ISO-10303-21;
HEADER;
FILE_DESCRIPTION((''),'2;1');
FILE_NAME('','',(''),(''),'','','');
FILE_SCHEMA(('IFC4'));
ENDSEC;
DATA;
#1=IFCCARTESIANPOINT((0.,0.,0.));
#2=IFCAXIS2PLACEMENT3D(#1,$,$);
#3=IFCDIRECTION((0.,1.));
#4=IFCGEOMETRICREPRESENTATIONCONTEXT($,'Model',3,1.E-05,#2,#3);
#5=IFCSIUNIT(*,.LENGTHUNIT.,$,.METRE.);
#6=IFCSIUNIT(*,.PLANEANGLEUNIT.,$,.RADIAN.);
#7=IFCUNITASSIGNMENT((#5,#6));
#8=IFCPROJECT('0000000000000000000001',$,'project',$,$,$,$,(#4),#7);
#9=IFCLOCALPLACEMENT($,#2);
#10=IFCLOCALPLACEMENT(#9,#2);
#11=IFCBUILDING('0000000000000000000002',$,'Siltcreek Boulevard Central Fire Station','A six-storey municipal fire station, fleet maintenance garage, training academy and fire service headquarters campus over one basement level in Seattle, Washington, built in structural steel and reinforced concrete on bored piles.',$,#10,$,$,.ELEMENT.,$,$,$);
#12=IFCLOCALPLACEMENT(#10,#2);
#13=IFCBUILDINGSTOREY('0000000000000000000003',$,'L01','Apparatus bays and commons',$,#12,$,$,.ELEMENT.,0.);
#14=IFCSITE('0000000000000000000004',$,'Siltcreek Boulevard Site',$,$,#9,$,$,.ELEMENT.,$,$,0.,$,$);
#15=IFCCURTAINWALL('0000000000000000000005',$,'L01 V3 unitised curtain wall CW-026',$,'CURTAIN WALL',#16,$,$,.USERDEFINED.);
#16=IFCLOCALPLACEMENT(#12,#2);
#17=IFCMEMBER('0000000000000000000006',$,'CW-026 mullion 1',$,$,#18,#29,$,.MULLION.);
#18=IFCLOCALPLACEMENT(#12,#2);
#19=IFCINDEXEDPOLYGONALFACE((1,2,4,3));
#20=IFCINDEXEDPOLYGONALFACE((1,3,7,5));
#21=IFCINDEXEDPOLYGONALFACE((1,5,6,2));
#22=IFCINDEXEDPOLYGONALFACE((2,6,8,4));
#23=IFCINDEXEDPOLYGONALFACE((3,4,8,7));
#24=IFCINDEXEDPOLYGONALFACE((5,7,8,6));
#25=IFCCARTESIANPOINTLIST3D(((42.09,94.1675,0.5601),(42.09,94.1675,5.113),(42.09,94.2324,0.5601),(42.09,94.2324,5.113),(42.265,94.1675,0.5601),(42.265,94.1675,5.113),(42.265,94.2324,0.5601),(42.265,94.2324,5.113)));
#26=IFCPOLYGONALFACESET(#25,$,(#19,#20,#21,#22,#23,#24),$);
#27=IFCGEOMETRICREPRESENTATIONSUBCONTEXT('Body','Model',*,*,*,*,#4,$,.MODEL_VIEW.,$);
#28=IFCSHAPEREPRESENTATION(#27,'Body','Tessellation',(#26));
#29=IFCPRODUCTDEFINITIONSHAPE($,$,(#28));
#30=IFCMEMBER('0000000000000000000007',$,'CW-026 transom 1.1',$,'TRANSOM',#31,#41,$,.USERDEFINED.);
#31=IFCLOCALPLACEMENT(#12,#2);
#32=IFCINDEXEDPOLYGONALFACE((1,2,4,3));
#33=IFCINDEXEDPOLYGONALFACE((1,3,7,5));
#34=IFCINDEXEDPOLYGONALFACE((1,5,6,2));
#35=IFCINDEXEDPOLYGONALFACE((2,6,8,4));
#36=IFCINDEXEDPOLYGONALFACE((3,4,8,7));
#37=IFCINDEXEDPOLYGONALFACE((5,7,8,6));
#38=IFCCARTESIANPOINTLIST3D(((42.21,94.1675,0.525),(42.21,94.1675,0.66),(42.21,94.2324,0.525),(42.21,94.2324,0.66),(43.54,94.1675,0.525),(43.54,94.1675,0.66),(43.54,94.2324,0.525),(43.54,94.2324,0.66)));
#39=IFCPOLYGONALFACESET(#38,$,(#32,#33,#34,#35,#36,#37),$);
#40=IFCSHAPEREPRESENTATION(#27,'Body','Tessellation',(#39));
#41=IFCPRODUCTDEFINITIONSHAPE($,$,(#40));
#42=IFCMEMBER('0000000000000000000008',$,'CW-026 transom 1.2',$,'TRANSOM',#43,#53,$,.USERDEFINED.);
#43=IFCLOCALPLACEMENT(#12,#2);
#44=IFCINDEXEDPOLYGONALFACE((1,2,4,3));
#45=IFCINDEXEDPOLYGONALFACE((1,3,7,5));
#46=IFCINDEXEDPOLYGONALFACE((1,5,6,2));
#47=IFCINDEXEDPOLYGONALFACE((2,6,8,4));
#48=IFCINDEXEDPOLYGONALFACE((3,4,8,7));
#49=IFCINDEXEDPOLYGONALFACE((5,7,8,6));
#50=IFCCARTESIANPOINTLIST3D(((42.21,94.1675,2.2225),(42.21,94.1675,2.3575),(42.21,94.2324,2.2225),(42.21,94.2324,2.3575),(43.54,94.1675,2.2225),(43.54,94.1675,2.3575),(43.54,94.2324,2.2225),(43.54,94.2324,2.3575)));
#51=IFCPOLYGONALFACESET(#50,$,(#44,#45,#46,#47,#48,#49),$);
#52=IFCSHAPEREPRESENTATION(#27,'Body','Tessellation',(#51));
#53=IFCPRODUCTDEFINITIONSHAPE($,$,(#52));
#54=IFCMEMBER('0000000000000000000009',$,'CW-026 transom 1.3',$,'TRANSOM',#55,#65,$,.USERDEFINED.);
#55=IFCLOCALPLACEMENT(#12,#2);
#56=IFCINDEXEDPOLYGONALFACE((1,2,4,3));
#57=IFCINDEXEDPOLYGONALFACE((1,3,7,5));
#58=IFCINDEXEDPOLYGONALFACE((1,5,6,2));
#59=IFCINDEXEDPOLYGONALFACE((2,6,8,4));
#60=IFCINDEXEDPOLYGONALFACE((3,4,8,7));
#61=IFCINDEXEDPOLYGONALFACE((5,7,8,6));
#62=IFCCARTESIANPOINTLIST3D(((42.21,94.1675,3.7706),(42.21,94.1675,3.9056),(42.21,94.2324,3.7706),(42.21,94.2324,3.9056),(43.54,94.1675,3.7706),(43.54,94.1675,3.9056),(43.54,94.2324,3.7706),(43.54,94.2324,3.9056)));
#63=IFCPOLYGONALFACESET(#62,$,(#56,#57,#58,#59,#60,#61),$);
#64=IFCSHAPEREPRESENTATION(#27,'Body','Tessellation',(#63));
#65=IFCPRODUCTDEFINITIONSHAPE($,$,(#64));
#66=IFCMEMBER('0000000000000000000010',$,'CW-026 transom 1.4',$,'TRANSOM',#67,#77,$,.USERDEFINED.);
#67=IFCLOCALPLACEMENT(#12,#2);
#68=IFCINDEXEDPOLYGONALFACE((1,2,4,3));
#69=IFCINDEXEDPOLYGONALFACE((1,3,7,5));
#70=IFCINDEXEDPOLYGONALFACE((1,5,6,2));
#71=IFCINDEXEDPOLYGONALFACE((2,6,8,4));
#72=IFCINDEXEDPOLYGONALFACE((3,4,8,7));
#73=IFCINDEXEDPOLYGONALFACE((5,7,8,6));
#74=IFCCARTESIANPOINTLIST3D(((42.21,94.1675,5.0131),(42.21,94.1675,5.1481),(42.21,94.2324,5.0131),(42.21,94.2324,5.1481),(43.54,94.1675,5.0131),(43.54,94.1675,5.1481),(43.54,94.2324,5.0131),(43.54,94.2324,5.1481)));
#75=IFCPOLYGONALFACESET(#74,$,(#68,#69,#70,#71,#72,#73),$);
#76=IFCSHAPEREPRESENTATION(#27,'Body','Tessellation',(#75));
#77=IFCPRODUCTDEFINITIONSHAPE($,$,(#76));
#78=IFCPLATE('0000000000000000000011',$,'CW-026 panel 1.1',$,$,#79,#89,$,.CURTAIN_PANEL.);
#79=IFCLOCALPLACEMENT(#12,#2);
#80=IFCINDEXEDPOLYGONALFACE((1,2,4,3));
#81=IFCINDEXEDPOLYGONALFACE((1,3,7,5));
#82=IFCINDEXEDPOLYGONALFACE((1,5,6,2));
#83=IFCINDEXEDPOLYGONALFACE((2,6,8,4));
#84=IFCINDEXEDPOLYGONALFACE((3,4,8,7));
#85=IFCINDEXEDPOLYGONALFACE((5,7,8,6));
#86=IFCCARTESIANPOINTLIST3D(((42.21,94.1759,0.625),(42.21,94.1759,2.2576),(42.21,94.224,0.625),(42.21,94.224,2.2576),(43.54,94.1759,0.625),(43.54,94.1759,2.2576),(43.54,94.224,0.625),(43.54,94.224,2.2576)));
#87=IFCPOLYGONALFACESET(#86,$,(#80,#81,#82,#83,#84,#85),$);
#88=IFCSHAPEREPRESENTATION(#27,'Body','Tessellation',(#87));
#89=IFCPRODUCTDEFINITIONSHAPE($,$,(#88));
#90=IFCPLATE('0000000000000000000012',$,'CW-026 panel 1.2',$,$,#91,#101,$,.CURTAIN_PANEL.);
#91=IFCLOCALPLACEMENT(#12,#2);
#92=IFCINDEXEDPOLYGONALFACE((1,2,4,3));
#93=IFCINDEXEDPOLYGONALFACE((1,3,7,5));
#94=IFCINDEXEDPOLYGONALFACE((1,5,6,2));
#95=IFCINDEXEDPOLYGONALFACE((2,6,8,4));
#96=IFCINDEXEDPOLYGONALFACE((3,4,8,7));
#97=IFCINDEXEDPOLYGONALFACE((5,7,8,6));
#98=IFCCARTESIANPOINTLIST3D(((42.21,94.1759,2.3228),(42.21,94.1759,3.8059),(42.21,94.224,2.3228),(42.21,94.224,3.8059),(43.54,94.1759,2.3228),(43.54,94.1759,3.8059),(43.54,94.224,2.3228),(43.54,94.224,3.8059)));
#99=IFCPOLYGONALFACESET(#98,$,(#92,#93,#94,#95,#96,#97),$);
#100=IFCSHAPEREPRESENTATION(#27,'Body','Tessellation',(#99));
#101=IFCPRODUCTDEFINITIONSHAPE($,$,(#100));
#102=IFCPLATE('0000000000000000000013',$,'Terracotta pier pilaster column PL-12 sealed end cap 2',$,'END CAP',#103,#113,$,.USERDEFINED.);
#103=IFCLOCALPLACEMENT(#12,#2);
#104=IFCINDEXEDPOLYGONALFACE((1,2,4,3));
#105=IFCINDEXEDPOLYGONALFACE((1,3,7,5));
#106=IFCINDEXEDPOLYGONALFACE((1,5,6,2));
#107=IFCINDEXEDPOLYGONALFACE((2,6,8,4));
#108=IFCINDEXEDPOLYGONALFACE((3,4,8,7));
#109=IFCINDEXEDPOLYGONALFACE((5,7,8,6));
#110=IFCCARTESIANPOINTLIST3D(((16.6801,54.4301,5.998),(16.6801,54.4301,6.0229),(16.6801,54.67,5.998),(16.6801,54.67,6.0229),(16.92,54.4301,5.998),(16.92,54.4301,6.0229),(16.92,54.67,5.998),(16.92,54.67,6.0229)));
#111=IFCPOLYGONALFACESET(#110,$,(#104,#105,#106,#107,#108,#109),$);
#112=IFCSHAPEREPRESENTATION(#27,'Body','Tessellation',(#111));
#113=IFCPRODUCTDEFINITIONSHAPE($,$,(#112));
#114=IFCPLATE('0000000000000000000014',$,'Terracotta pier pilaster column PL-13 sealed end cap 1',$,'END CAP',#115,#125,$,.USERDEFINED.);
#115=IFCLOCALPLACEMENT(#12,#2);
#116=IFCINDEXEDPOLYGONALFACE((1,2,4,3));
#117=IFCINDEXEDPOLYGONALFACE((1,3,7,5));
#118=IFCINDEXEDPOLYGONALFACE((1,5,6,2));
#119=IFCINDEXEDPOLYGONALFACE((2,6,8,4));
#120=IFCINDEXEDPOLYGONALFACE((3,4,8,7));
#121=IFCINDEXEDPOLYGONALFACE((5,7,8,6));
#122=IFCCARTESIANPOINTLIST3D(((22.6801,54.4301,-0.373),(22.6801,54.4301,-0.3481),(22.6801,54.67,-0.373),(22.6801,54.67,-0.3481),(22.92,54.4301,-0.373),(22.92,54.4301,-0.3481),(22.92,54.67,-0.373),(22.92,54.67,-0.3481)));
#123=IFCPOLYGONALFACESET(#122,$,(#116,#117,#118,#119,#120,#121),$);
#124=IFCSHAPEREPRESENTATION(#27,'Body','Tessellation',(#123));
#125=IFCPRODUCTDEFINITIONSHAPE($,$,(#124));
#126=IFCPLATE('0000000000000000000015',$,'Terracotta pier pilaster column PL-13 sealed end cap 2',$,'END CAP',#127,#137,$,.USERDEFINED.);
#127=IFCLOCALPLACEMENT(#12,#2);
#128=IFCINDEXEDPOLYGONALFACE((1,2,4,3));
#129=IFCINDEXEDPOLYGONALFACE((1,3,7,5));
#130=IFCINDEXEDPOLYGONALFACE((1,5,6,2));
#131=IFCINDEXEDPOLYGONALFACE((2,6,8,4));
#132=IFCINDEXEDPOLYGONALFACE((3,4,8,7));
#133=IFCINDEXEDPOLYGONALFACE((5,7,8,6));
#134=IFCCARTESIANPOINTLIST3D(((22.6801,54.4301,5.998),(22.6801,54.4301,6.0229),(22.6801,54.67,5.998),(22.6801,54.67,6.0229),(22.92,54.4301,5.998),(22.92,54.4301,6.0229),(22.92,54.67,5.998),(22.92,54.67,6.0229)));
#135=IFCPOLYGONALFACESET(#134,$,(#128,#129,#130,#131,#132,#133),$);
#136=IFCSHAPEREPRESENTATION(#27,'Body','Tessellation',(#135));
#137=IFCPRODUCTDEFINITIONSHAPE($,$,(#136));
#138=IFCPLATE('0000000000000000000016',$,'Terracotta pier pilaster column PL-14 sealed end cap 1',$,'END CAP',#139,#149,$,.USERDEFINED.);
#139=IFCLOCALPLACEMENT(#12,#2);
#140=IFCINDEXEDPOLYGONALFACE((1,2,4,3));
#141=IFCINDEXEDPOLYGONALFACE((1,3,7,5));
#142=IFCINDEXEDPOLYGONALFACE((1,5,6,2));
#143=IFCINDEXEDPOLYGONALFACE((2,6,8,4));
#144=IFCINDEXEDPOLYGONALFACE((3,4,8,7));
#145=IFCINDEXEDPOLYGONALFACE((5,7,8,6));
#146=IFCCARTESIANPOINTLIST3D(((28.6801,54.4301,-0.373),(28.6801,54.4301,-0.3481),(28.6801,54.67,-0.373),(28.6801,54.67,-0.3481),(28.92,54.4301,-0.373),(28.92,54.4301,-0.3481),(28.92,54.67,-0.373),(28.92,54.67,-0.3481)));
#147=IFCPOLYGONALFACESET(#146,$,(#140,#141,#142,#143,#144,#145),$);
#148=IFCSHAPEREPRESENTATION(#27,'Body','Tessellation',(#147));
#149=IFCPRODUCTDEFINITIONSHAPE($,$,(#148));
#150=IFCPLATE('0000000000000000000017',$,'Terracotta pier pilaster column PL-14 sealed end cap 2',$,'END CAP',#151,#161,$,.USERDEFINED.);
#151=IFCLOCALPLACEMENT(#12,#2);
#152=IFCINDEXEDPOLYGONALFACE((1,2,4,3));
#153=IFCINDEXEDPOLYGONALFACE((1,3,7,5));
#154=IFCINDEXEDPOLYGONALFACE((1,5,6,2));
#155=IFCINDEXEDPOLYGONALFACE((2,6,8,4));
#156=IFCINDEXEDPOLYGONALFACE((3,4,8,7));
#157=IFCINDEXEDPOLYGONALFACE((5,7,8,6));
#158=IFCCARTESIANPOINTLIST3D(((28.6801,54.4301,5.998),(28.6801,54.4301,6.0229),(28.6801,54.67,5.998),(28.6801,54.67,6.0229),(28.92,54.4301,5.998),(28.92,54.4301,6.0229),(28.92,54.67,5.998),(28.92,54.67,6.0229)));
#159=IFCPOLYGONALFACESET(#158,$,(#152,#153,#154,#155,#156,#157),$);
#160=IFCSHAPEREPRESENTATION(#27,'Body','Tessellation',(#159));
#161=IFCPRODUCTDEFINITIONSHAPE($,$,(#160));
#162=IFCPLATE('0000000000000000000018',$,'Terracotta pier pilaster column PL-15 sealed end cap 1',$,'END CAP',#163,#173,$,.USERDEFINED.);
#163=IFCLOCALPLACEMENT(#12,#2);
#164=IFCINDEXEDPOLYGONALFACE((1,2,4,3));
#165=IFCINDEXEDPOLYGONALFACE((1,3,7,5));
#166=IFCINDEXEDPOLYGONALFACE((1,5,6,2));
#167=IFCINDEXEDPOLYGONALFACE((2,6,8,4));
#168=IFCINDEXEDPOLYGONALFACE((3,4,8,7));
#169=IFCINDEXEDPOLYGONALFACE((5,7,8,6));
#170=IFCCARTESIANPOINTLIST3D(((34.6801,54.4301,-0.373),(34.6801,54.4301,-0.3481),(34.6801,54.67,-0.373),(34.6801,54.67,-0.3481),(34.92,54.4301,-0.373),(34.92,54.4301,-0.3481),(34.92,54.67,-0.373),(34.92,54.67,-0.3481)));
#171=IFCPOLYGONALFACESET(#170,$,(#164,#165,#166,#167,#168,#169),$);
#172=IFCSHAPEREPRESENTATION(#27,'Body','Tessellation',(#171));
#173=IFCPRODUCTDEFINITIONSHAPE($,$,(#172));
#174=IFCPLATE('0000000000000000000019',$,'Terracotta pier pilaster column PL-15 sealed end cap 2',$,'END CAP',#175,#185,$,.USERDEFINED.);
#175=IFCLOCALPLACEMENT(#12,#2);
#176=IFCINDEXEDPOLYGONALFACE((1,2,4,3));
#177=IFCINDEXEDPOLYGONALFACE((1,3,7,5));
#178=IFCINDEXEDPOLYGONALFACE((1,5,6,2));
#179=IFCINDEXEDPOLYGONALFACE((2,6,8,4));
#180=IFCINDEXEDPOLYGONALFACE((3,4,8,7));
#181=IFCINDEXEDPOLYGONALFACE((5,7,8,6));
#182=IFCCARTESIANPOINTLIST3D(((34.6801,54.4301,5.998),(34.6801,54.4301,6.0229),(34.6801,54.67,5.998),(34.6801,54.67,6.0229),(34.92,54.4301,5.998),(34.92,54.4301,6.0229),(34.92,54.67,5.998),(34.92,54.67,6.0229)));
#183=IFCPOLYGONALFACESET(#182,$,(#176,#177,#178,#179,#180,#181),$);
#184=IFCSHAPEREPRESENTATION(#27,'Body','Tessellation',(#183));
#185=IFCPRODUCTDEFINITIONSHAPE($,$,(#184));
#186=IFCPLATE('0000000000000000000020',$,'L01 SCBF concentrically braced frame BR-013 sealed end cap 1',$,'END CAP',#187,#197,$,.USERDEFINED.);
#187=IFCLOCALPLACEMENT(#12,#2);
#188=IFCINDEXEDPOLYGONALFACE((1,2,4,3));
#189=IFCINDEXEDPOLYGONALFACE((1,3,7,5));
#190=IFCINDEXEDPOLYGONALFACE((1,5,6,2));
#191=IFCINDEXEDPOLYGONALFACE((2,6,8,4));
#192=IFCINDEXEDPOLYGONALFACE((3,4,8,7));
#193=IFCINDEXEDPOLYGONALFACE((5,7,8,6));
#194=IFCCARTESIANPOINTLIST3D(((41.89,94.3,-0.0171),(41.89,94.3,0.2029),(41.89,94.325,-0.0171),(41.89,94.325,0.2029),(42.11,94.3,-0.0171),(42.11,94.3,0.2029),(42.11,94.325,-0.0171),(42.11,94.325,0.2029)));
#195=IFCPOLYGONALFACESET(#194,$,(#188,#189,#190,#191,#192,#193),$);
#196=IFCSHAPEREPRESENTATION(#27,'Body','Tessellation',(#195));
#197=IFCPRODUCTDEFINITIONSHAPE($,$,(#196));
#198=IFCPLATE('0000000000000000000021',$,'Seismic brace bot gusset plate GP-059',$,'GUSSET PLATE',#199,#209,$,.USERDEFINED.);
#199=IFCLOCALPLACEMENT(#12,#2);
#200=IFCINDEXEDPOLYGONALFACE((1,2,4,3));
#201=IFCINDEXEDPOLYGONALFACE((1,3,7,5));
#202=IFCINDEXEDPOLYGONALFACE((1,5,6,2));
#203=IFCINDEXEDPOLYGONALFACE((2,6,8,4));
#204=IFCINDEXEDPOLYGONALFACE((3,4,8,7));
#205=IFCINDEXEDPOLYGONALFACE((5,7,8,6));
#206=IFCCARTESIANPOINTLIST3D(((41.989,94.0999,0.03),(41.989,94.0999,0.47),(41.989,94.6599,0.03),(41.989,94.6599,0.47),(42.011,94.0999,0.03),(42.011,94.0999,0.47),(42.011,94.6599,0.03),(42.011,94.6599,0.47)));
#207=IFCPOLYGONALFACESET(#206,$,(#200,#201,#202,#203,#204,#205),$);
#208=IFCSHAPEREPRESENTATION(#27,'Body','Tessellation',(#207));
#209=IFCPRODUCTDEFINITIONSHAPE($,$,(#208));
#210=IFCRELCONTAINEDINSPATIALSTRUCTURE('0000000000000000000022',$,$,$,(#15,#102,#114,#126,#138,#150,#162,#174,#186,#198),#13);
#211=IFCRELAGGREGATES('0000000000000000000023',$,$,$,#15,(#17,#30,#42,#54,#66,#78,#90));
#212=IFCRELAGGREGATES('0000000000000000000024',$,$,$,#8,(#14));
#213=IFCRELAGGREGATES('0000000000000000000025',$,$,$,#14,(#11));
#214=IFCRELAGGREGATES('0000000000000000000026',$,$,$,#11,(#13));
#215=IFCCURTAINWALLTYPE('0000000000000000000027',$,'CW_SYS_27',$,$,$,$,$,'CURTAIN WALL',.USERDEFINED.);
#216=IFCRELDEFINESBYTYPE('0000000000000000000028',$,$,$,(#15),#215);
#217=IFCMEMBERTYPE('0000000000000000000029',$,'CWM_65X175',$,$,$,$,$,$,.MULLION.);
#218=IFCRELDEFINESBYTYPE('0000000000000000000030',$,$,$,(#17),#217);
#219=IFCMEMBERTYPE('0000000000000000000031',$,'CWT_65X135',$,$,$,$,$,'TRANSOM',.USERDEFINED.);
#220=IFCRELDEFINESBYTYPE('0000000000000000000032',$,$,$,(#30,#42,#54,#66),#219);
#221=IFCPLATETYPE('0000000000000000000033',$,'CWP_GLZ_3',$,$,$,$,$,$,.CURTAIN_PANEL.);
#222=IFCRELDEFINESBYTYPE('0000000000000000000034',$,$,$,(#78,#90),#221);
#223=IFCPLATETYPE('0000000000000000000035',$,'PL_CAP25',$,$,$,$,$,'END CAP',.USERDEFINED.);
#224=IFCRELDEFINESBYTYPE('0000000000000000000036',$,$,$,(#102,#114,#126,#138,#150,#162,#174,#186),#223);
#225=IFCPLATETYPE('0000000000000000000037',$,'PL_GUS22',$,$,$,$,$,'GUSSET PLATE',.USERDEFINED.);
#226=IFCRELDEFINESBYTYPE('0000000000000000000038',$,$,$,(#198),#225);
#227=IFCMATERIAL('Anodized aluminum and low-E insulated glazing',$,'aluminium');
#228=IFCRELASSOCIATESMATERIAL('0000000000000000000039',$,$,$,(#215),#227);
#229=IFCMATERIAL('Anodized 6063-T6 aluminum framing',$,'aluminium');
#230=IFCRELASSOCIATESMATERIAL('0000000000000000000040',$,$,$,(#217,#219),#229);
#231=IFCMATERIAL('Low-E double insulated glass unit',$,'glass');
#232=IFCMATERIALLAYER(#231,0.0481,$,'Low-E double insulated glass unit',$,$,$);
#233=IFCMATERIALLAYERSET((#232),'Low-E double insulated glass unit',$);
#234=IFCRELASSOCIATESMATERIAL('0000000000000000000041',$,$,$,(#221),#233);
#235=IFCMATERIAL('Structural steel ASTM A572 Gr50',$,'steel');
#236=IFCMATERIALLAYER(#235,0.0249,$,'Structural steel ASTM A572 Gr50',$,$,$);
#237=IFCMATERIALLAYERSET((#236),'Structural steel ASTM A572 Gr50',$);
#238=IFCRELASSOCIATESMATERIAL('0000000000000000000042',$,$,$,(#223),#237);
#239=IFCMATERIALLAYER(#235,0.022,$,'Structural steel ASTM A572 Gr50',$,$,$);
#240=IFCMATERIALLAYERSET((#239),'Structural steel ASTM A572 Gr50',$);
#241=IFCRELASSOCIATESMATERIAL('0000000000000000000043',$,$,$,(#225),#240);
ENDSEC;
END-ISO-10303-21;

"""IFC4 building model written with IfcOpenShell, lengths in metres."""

from ifc_helpers import new_model, si_unit, direction, frame, origin, origin_2d, place, context, subcontext, project, spatial, rectangle, extrude, material, layer, layer_set, material_profile, profile_set, type_object, element, aggregate, save


model = new_model("IFC4")

# Units and contexts
model_context = context("Model", 3, precision=1e-05, world=origin(), true_north=direction((0.0, 1.0)))
body_context = subcontext(model_context, "Body", "Model", "MODEL_VIEW")
ifc_project = project(units=[si_unit("LENGTHUNIT", "METRE"), si_unit("PLANEANGLEUNIT", "RADIAN")], contexts=[model_context])

# Site, building, storey
site_placement = place(None, origin())
site = spatial("IfcSite", under=ifc_project, at=site_placement, Name="Siltcreek Boulevard Site", CompositionType="ELEMENT", RefElevation=0.0)
building_placement = place(site_placement, origin())
building = spatial("IfcBuilding", under=site, at=building_placement, Name="Siltcreek Boulevard Central Fire Station", Description="A six-storey municipal fire station, fleet maintenance garage, training academy and fire service headquarters campus over one basement level in Seattle, Washington, built in structural steel and reinforced concrete on bored piles.", CompositionType="ELEMENT")
storey_placement = place(building_placement, origin())
storey = spatial("IfcBuildingStorey", under=building, at=storey_placement, Name="L01", Description="Apparatus bays and commons", CompositionType="ELEMENT", Elevation=0.0)

# Curtain wall, members, plates
ifc_material_1 = material(Name="Anodized aluminum and low-E insulated glazing", Category="aluminium")
curtain_wall_type = type_object("IfcCurtainWallType", Name="CW_SYS_27", ElementType="CURTAIN WALL", PredefinedType="USERDEFINED", material=ifc_material_1)
curtain_wall_placement = place(storey_placement, origin())
curtain_wall = element("IfcCurtainWall", 1, at=curtain_wall_placement, inside=storey, type_object=curtain_wall_type, Name="L01 V3 unitised curtain wall CW-026", ObjectType="CURTAIN WALL", PredefinedType="USERDEFINED")
ifc_material_2 = material(Name="Anodized 6063-T6 aluminum framing", Category="aluminium")
ifc_material_profile_1 = material_profile(ifc_material_2, rectangle(XDim=0.0649, YDim=0.175, at=origin_2d()), Name="MULL65X175")
ifc_profile_set_1 = profile_set([ifc_material_profile_1], Name="Anodized 6063-T6 aluminum framing")
member_type_1 = type_object("IfcMemberType", Name="CWM_65X175", PredefinedType="MULLION", material=ifc_profile_set_1)
member_1_placement = place(storey_placement, frame((42.1775, 94.2, 0.5601), z_axis=(0.0, 0.0, 1.0), x_axis=(0.0, 1.0, 0.0)))
member_1 = element("IfcMember", 2, at=member_1_placement, type_object=member_type_1, Name="CW-026 mullion 1", PredefinedType="MULLION", context=body_context, shape_type="SweptSolid", body=[
    extrude(rectangle(XDim=0.0649, YDim=0.175, at=origin_2d()), origin(), (0.0, 0.0, 1.0), 4.553),
])
ifc_material_profile_2 = material_profile(ifc_material_2, rectangle(XDim=0.0649, YDim=0.135, at=origin_2d()), Name="TRAN65X135")
ifc_profile_set_2 = profile_set([ifc_material_profile_2], Name="Anodized 6063-T6 aluminum framing")
member_type_2 = type_object("IfcMemberType", Name="CWT_65X135", ElementType="TRANSOM", PredefinedType="USERDEFINED", material=ifc_profile_set_2)
member_2_placement = place(storey_placement, frame((42.21, 94.2, 0.5925), z_axis=(1.0, 0.0, 0.0), x_axis=(0.0, 1.0, 0.0)))
member_2 = element("IfcMember", 3, at=member_2_placement, type_object=member_type_2, Name="CW-026 transom 1.1", ObjectType="TRANSOM", PredefinedType="USERDEFINED", context=body_context, shape_type="SweptSolid", body=[
    extrude(rectangle(XDim=0.0649, YDim=0.135, at=origin_2d()), origin(), (0.0, 0.0, 1.0), 1.3301),
])
member_3_placement = place(storey_placement, frame((42.21, 94.2, 2.29), z_axis=(1.0, 0.0, 0.0), x_axis=(0.0, 1.0, 0.0)))
member_3 = element("IfcMember", 4, at=member_3_placement, type_object=member_type_2, Name="CW-026 transom 1.2", ObjectType="TRANSOM", PredefinedType="USERDEFINED", context=body_context, shape_type="SweptSolid", body=[
    extrude(rectangle(XDim=0.0649, YDim=0.135, at=origin_2d()), origin(), (0.0, 0.0, 1.0), 1.3301),
])
member_4_placement = place(storey_placement, frame((42.21, 94.2, 3.8381), z_axis=(1.0, 0.0, 0.0), x_axis=(0.0, 1.0, 0.0)))
member_4 = element("IfcMember", 5, at=member_4_placement, type_object=member_type_2, Name="CW-026 transom 1.3", ObjectType="TRANSOM", PredefinedType="USERDEFINED", context=body_context, shape_type="SweptSolid", body=[
    extrude(rectangle(XDim=0.0649, YDim=0.135, at=origin_2d()), origin(), (0.0, 0.0, 1.0), 1.3301),
])
member_5_placement = place(storey_placement, frame((42.21, 94.2, 5.0806), z_axis=(1.0, 0.0, 0.0), x_axis=(0.0, 1.0, 0.0)))
member_5 = element("IfcMember", 6, at=member_5_placement, type_object=member_type_2, Name="CW-026 transom 1.4", ObjectType="TRANSOM", PredefinedType="USERDEFINED", context=body_context, shape_type="SweptSolid", body=[
    extrude(rectangle(XDim=0.0649, YDim=0.135, at=origin_2d()), origin(), (0.0, 0.0, 1.0), 1.3301),
])
ifc_material_3 = material(Name="Low-E double insulated glass unit", Category="glass")
ifc_layer_1 = layer(ifc_material_3, 0.0481, Name="Low-E double insulated glass unit")
ifc_layer_set_1 = layer_set([ifc_layer_1], Name="Low-E double insulated glass unit")
plate_type_1 = type_object("IfcPlateType", Name="CWP_GLZ_3", PredefinedType="CURTAIN_PANEL", material=ifc_layer_set_1)
plate_1_placement = place(storey_placement, frame((42.875, 94.2, 0.625), z_axis=(0.0, 0.0, 1.0), x_axis=(1.0, 0.0, 0.0)))
plate_1 = element("IfcPlate", 7, at=plate_1_placement, type_object=plate_type_1, Name="CW-026 panel 1.1", PredefinedType="CURTAIN_PANEL", context=body_context, shape_type="SweptSolid", body=[
    extrude(rectangle(XDim=1.3301, YDim=0.0481, at=origin_2d()), origin(), (0.0, 0.0, 1.0), 1.6326),
])
plate_2_placement = place(storey_placement, frame((42.875, 94.2, 2.3228), z_axis=(0.0, 0.0, 1.0), x_axis=(1.0, 0.0, 0.0)))
plate_2 = element("IfcPlate", 8, at=plate_2_placement, type_object=plate_type_1, Name="CW-026 panel 1.2", PredefinedType="CURTAIN_PANEL", context=body_context, shape_type="SweptSolid", body=[
    extrude(rectangle(XDim=1.3301, YDim=0.0481, at=origin_2d()), origin(), (0.0, 0.0, 1.0), 1.4832),
])
aggregate(curtain_wall, [member_1, member_2, member_3, member_4, member_5, plate_1, plate_2])

# Plates
ifc_material_4 = material(Name="Structural steel ASTM A572 Gr50", Category="steel")
ifc_layer_2 = layer(ifc_material_4, 0.0249, Name="Structural steel ASTM A572 Gr50")
ifc_layer_set_2 = layer_set([ifc_layer_2], Name="Structural steel ASTM A572 Gr50")
plate_type_2 = type_object("IfcPlateType", Name="PL_CAP25", ElementType="END CAP", PredefinedType="USERDEFINED", material=ifc_layer_set_2)
for number, where, z_axis, x_axis, name in (
    (9, (16.8, 54.55, 5.998), (0.0, 0.0, 1.0), (1.0, 0.0, 0.0), "Terracotta pier pilaster column PL-12 sealed end cap 2"),
    (10, (22.8, 54.55, -0.373), (0.0, 0.0, 1.0), (1.0, 0.0, 0.0), "Terracotta pier pilaster column PL-13 sealed end cap 1"),
    (11, (22.8, 54.55, 5.998), (0.0, 0.0, 1.0), (1.0, 0.0, 0.0), "Terracotta pier pilaster column PL-13 sealed end cap 2"),
    (12, (28.8, 54.55, -0.373), (0.0, 0.0, 1.0), (1.0, 0.0, 0.0), "Terracotta pier pilaster column PL-14 sealed end cap 1"),
    (13, (28.8, 54.55, 5.998), (0.0, 0.0, 1.0), (1.0, 0.0, 0.0), "Terracotta pier pilaster column PL-14 sealed end cap 2"),
    (14, (34.8, 54.55, -0.373), (0.0, 0.0, 1.0), (1.0, 0.0, 0.0), "Terracotta pier pilaster column PL-15 sealed end cap 1"),
    (15, (34.8, 54.55, 5.998), (0.0, 0.0, 1.0), (1.0, 0.0, 0.0), "Terracotta pier pilaster column PL-15 sealed end cap 2"),
):
    element("IfcPlate", number, at=place(storey_placement, frame(where, z_axis=z_axis, x_axis=x_axis)), inside=storey, type_object=plate_type_2, Name=name, ObjectType="END CAP", PredefinedType="USERDEFINED", context=body_context, shape_type="SweptSolid", body=[
        extrude(rectangle(XDim=0.24, YDim=0.24, at=origin_2d()), origin(), (0.0, 0.0, 1.0), 0.0249),
    ])
plate_3_placement = place(storey_placement, frame((42.0, 94.3125, -0.0171), z_axis=(0.0, 0.0, 1.0), x_axis=(0.0, 1.0, 0.0)))
element("IfcPlate", 16, at=plate_3_placement, inside=storey, type_object=plate_type_2, Name="L01 SCBF concentrically braced frame BR-013 sealed end cap 1", ObjectType="END CAP", PredefinedType="USERDEFINED", context=body_context, shape_type="SweptSolid", body=[
    extrude(rectangle(XDim=0.0249, YDim=0.22, at=origin_2d()), origin(), (0.0, 0.0, 1.0), 0.22),
])
ifc_layer_3 = layer(ifc_material_4, 0.022, Name="Structural steel ASTM A572 Gr50")
ifc_layer_set_3 = layer_set([ifc_layer_3], Name="Structural steel ASTM A572 Gr50")
plate_type_3 = type_object("IfcPlateType", Name="PL_GUS22", ElementType="GUSSET PLATE", PredefinedType="USERDEFINED", material=ifc_layer_set_3)
plate_4_placement = place(storey_placement, frame((42.0, 94.3799, 0.03), z_axis=(0.0, 0.0, 1.0), x_axis=(0.0, 1.0, 0.0)))
element("IfcPlate", 17, at=plate_4_placement, inside=storey, type_object=plate_type_3, Name="Seismic brace bot gusset plate GP-059", ObjectType="GUSSET PLATE", PredefinedType="USERDEFINED", context=body_context, shape_type="SweptSolid", body=[
    extrude(rectangle(XDim=0.5601, YDim=0.022, at=origin_2d()), origin(), (0.0, 0.0, 1.0), 0.4399),
])

save(model, "model.ifc")
